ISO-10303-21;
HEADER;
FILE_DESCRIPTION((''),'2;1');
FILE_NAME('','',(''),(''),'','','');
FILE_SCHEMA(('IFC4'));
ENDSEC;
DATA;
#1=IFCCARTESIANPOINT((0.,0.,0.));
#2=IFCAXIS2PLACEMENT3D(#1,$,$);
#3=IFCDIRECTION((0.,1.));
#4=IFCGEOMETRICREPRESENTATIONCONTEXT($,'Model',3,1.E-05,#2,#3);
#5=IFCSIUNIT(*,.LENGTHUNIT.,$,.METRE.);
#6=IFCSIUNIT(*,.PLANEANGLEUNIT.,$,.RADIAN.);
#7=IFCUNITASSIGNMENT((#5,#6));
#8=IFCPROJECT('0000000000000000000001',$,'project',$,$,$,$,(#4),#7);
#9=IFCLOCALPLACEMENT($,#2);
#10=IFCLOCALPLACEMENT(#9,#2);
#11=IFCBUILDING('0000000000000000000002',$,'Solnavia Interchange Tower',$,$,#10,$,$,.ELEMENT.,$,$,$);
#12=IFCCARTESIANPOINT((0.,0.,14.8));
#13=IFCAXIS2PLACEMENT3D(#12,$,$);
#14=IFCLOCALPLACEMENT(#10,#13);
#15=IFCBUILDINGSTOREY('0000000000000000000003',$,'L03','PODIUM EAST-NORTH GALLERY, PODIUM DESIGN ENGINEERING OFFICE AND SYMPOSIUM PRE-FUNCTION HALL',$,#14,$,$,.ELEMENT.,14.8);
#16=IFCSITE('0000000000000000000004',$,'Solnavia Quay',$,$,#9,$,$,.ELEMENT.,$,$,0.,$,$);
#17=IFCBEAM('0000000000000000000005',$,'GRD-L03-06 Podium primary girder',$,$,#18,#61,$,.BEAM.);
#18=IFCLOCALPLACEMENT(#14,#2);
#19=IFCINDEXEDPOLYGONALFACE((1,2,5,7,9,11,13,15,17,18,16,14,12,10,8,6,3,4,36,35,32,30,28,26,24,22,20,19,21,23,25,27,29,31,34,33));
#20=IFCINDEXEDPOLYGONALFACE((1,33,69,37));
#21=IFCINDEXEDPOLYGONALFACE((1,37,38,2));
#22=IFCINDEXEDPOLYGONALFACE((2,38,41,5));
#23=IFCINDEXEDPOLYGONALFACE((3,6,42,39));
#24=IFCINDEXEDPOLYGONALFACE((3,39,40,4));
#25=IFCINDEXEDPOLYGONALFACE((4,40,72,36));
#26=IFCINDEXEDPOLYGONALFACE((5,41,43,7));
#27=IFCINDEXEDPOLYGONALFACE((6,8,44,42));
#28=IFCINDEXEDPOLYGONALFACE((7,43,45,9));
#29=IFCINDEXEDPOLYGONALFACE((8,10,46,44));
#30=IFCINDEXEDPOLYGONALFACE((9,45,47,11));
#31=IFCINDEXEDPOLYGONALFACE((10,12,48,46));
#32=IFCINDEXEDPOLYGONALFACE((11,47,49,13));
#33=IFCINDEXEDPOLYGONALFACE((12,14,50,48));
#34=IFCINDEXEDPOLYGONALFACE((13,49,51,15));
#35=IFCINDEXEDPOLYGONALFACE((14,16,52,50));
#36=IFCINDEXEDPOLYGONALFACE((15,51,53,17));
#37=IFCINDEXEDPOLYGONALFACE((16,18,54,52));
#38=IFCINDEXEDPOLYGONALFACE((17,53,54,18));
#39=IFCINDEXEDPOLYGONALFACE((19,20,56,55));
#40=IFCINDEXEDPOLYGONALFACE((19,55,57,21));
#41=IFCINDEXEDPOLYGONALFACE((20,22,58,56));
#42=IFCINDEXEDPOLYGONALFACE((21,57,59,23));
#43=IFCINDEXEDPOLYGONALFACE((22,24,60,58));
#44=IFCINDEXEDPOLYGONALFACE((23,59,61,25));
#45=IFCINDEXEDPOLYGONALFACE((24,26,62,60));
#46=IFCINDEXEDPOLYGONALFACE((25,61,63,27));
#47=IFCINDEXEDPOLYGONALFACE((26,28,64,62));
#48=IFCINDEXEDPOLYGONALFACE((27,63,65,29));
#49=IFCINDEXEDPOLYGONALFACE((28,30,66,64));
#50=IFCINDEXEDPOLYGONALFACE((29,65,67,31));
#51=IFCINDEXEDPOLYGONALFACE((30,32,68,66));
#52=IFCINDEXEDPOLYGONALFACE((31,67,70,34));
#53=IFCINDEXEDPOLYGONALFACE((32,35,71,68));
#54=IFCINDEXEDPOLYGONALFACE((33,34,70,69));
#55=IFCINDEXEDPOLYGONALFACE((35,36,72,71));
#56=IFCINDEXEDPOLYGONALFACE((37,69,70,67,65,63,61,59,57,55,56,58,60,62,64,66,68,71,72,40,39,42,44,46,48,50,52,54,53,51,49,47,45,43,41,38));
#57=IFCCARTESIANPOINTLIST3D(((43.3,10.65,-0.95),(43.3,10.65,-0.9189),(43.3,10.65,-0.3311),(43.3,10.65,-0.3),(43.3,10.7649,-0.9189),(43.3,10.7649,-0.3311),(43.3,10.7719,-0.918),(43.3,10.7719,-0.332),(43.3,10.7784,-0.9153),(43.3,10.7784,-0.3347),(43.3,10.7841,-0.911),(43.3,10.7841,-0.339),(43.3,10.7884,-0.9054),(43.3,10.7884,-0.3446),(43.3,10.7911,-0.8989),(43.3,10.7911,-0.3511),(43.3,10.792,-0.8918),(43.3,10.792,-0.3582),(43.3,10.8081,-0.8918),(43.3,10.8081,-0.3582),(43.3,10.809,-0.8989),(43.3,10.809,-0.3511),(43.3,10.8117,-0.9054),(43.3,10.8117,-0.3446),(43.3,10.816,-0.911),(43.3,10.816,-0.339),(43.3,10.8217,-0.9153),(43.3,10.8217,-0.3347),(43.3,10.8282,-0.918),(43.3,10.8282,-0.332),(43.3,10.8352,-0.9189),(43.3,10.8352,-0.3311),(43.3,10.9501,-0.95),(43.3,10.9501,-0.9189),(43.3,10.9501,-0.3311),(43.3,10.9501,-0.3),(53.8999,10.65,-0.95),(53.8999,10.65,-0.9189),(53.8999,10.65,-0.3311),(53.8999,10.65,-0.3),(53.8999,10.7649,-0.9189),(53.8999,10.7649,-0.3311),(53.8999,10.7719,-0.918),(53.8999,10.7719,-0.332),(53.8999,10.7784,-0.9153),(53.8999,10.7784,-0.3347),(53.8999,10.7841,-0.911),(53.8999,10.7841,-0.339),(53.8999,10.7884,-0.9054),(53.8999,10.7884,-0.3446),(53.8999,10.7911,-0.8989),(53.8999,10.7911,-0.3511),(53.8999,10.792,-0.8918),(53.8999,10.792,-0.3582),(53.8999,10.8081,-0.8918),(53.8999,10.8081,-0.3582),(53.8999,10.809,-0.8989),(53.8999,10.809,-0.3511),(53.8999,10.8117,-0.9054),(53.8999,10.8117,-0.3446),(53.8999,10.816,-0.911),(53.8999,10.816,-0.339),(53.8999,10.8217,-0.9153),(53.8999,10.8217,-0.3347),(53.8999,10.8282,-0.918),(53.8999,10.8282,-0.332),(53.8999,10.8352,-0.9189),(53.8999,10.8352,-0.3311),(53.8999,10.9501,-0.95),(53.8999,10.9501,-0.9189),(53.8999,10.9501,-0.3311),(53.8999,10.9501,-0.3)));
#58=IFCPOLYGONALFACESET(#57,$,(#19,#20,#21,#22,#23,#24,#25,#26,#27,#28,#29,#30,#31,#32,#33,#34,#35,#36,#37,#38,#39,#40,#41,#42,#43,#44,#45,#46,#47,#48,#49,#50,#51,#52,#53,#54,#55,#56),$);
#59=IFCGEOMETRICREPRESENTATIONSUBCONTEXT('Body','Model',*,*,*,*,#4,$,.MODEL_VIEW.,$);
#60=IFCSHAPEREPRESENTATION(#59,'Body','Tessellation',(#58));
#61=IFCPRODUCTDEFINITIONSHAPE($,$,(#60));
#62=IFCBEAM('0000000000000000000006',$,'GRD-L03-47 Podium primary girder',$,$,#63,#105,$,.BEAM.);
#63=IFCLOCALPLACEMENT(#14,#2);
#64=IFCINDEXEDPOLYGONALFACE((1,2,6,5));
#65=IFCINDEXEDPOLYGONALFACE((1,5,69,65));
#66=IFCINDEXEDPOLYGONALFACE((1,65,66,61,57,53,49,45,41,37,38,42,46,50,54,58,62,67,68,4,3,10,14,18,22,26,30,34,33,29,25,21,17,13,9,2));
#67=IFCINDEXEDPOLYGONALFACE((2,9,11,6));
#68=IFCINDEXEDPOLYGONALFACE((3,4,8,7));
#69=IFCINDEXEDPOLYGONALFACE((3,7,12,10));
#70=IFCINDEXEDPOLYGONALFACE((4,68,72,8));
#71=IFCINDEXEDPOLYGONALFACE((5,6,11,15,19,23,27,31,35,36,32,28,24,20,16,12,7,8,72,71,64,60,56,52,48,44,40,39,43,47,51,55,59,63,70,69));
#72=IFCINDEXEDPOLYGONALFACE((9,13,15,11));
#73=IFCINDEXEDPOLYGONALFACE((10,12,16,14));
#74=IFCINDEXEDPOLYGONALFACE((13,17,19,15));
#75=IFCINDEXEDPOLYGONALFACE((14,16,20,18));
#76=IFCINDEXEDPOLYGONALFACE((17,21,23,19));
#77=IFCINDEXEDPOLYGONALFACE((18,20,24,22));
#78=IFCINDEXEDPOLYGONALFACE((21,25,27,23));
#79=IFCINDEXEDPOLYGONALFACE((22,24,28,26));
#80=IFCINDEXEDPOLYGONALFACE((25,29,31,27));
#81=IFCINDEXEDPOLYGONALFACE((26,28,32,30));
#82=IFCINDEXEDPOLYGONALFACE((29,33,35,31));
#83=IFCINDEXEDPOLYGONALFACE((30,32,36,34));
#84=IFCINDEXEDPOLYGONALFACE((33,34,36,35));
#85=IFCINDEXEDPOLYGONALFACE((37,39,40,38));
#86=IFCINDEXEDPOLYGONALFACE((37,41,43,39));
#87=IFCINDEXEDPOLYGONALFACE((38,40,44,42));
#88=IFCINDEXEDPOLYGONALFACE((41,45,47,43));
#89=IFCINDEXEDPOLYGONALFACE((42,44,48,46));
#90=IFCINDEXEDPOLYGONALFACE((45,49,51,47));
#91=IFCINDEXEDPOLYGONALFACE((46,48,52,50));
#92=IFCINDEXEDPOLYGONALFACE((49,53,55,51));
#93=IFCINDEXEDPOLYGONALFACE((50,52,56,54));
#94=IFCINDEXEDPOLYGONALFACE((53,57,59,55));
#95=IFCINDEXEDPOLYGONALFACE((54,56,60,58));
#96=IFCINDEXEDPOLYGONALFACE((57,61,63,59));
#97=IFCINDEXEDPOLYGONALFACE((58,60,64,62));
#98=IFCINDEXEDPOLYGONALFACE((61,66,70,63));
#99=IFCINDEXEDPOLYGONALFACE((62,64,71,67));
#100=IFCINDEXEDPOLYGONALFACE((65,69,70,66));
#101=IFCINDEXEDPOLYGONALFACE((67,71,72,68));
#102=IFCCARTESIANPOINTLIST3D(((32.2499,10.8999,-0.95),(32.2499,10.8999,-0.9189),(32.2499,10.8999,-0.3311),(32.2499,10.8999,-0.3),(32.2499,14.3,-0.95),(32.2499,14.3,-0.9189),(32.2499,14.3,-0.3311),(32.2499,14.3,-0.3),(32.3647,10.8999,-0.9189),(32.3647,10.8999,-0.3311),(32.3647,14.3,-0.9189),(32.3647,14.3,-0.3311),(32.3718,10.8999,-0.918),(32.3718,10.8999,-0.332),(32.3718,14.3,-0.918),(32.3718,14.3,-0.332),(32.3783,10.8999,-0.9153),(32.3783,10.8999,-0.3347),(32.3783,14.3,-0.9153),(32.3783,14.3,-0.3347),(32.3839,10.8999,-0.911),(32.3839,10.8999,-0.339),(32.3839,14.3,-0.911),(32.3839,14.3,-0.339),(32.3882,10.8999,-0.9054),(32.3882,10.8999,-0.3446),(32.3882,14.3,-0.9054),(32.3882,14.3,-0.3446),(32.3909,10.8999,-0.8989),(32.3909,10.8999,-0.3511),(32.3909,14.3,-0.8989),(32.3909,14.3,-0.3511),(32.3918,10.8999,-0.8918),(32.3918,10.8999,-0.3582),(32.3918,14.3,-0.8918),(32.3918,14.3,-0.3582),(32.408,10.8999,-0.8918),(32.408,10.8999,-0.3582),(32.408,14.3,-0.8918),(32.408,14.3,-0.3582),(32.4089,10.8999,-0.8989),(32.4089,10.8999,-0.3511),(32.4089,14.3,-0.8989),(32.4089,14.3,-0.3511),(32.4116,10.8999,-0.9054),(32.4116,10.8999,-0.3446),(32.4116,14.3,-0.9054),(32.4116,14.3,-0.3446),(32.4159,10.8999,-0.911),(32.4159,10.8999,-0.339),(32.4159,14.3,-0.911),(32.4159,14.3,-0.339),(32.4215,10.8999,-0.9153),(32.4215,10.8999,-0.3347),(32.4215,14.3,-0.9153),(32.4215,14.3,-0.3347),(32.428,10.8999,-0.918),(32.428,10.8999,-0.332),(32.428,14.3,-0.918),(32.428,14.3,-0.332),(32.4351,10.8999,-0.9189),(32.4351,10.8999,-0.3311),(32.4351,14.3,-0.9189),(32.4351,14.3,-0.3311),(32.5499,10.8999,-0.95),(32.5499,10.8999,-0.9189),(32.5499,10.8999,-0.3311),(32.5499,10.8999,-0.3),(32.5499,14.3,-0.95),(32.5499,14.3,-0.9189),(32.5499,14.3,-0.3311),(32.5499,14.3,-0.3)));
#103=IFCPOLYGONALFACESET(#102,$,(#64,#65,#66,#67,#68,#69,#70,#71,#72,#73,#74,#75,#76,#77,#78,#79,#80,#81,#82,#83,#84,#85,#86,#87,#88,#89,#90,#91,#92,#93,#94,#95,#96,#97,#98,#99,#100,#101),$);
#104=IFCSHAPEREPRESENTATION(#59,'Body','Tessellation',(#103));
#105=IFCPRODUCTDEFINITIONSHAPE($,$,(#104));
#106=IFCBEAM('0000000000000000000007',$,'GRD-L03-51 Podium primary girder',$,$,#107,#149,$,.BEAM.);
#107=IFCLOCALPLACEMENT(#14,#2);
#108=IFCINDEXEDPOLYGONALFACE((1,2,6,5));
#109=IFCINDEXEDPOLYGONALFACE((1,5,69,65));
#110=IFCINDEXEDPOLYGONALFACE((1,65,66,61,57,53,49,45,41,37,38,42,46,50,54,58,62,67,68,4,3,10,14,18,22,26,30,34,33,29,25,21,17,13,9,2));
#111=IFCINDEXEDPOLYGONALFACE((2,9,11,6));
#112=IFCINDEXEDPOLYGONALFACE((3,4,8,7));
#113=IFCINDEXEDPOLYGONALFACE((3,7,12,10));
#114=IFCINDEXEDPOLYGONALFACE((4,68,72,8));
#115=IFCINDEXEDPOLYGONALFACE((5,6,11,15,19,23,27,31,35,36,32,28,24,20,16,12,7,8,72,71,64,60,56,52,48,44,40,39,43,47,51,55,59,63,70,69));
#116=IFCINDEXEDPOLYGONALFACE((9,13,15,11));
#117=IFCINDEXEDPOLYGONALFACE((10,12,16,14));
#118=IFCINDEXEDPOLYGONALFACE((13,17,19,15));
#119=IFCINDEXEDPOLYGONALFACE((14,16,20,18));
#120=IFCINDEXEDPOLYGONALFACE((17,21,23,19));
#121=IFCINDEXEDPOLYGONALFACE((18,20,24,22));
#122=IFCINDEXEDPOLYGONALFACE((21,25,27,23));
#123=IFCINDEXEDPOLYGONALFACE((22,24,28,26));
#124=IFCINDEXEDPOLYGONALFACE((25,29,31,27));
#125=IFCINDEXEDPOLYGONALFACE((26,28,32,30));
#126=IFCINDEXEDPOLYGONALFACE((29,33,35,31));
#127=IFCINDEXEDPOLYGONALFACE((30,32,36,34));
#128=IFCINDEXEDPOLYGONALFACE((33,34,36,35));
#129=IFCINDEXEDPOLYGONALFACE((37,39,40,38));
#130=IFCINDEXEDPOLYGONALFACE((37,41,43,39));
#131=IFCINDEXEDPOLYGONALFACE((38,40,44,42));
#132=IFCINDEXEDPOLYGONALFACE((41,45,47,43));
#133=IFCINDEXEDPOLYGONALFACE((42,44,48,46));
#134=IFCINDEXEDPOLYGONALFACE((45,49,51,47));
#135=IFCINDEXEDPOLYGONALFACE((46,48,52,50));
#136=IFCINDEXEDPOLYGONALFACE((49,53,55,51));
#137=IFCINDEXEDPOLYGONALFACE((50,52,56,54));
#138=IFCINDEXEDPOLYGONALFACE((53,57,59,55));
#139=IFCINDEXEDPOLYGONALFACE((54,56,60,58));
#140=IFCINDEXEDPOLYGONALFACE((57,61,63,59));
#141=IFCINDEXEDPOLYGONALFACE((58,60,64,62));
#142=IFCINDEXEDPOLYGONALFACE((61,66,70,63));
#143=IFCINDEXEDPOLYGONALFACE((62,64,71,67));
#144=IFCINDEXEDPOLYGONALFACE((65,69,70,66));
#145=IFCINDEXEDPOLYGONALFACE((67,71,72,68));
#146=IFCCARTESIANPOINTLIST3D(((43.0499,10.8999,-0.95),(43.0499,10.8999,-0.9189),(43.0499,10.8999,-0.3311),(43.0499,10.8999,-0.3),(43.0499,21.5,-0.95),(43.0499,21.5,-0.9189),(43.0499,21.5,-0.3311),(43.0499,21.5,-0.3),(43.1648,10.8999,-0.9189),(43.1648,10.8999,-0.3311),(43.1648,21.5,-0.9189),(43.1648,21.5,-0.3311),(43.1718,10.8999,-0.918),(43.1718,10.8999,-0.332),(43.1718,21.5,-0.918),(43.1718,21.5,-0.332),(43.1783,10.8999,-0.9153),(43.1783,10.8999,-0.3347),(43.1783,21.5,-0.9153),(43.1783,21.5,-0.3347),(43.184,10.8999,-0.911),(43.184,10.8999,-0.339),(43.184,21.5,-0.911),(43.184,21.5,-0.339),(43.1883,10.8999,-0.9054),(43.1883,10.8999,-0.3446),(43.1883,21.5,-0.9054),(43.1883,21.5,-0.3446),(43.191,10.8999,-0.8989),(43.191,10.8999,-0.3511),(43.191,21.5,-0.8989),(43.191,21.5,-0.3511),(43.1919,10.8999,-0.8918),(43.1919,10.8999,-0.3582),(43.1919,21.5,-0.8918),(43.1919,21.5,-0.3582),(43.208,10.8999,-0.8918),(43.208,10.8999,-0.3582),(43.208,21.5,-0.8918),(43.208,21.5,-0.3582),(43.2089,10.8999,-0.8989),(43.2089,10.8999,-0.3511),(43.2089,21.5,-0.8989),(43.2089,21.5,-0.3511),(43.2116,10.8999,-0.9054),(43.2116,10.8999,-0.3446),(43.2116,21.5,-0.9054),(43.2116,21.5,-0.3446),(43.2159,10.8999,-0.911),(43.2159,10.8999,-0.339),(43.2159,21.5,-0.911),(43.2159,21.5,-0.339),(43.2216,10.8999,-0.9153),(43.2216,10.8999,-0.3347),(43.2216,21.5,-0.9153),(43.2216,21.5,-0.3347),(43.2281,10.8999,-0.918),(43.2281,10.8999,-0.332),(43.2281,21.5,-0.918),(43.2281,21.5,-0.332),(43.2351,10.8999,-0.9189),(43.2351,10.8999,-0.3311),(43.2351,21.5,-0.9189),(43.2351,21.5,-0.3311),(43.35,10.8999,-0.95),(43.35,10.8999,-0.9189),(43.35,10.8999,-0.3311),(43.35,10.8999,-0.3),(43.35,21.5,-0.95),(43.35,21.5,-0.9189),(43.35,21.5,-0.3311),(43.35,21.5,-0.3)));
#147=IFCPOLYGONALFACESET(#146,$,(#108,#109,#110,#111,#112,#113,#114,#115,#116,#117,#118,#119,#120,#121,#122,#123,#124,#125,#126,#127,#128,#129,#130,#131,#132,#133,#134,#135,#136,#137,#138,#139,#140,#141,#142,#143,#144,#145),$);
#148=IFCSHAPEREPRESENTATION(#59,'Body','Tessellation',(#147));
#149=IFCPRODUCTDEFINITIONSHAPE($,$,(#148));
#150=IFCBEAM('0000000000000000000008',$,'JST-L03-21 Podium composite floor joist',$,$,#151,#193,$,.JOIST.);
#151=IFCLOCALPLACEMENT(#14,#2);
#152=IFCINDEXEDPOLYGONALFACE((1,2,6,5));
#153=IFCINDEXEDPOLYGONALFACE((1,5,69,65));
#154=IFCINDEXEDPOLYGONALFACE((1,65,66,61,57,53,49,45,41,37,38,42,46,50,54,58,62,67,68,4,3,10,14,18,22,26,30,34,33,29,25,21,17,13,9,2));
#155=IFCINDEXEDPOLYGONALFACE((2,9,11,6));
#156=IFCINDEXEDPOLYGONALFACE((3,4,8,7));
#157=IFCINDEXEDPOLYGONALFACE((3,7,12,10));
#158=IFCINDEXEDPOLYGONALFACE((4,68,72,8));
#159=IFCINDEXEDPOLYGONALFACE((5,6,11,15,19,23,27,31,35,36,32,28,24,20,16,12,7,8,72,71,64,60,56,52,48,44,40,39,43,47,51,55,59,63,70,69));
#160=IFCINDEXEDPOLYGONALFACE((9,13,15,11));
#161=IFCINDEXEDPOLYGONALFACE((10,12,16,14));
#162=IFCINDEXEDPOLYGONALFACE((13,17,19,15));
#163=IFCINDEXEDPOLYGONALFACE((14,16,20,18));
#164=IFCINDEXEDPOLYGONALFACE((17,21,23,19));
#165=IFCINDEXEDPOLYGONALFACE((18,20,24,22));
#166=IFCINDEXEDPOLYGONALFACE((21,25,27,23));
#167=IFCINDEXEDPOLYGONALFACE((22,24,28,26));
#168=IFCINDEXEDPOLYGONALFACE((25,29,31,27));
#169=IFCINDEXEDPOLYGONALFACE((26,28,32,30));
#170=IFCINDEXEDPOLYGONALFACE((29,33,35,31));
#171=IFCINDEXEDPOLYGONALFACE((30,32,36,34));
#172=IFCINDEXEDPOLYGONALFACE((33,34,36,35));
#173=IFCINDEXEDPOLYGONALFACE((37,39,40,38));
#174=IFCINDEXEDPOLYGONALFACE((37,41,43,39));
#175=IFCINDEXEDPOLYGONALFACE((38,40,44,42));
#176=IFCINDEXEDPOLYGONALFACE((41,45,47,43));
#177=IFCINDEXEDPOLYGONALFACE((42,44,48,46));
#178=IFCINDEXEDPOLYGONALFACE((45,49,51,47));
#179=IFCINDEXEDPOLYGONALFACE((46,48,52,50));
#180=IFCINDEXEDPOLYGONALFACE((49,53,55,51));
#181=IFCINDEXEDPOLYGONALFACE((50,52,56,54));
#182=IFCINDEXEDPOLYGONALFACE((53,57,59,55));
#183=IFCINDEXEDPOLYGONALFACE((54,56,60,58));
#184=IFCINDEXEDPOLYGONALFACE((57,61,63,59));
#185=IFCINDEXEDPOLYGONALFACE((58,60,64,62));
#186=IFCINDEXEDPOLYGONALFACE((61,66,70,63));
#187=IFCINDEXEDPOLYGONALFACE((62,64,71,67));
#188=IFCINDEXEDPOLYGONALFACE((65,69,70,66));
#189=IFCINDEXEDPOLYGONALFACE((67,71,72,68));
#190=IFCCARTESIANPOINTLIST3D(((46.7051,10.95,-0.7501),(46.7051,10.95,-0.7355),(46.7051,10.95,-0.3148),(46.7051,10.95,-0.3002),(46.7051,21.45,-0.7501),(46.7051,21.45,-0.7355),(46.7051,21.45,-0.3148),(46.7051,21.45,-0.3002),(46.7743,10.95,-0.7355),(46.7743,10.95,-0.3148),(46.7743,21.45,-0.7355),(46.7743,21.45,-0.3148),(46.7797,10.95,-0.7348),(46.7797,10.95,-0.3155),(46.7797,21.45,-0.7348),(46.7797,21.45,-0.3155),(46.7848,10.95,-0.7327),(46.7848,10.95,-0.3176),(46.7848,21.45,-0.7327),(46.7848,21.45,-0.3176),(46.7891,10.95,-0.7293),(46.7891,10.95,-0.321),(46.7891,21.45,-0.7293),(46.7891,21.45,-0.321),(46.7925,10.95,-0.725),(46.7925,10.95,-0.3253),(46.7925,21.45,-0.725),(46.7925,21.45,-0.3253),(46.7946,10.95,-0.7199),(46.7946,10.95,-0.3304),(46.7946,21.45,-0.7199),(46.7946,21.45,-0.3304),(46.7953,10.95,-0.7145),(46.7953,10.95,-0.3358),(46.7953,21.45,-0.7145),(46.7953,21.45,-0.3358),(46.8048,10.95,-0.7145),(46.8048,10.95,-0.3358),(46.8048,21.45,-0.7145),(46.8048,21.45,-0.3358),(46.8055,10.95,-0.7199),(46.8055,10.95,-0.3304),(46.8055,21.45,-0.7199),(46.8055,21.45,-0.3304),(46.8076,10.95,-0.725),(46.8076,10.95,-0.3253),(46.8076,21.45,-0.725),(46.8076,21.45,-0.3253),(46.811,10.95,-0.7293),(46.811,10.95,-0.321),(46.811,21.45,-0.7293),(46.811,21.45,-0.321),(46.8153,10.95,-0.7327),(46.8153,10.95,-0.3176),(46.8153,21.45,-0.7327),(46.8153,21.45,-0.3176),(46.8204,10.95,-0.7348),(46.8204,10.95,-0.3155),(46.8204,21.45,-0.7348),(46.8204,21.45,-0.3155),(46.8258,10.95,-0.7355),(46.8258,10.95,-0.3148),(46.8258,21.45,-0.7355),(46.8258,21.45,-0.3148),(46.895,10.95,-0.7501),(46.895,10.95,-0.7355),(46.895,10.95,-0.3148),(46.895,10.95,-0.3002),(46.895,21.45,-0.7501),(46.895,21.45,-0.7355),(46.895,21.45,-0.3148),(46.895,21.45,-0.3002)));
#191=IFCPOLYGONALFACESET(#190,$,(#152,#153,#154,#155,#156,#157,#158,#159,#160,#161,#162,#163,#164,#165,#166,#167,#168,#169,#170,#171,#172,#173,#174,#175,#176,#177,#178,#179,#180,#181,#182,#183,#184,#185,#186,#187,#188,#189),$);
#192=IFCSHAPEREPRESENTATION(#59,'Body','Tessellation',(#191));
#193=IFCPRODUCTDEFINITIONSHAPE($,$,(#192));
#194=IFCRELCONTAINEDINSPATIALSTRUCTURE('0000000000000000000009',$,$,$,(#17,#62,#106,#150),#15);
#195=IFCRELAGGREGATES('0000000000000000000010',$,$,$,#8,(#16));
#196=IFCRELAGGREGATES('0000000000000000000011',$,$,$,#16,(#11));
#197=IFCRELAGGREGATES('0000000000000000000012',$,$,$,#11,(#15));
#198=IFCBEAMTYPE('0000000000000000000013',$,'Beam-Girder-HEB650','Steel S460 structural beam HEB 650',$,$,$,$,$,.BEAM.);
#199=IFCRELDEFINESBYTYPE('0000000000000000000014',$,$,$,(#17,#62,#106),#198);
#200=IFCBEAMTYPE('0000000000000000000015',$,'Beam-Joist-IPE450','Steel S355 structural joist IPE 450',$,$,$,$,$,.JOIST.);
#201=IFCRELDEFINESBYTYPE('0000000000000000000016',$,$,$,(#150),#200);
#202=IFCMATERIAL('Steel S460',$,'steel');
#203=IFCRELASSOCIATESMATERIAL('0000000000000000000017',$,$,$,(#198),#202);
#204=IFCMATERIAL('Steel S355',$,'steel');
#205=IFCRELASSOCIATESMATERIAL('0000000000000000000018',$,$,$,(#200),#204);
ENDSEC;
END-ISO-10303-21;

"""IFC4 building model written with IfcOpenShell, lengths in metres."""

from ifc_helpers import new_model, si_unit, direction, frame, origin, origin_2d, place, context, subcontext, project, spatial, i_section, extrude, material, material_profile, profile_set, type_object, element, save


model = new_model("IFC4")

# Units and contexts
model_context = context("Model", 3, precision=1e-05, world=origin(), true_north=direction((0.0, 1.0)))
body_context = subcontext(model_context, "Body", "Model", "MODEL_VIEW")
ifc_project = project(units=[si_unit("LENGTHUNIT", "METRE"), si_unit("PLANEANGLEUNIT", "RADIAN")], contexts=[model_context])

# Site, building, storey
site_placement = place(None, origin())
site = spatial("IfcSite", under=ifc_project, at=site_placement, Name="Solnavia Quay", CompositionType="ELEMENT", RefElevation=0.0)
building_placement = place(site_placement, origin())
building = spatial("IfcBuilding", under=site, at=building_placement, Name="Solnavia Interchange Tower", CompositionType="ELEMENT")
storey_placement = place(building_placement, frame((0.0, 0.0, 14.8)))
storey = spatial("IfcBuildingStorey", under=building, at=storey_placement, Name="L03", Description="PODIUM EAST-NORTH GALLERY, PODIUM DESIGN ENGINEERING OFFICE AND SYMPOSIUM PRE-FUNCTION HALL", CompositionType="ELEMENT", Elevation=14.8)

# Beams
ifc_material_1 = material(Name="Steel S460", Category="steel")
ifc_material_profile_1 = material_profile(ifc_material_1, i_section(OverallWidth=0.3, OverallDepth=0.6499, WebThickness=0.0161, FlangeThickness=0.031, FilletRadius=0.0271, at=origin_2d()), Name="HEB 650")
ifc_profile_set_1 = profile_set([ifc_material_profile_1], Name="Steel S460")
beam_type_1 = type_object("IfcBeamType", Name="Beam-Girder-HEB650", Description="Steel S460 structural beam HEB 650", PredefinedType="BEAM", material=ifc_profile_set_1)
beam_1_placement = place(storey_placement, frame((43.3, 10.8, -0.625), z_axis=(1.0, 0.0, 0.0), x_axis=(0.0, 1.0, 0.0)))
element("IfcBeam", 1, at=beam_1_placement, inside=storey, type_object=beam_type_1, Name="GRD-L03-06 Podium primary girder", PredefinedType="BEAM", context=body_context, shape_type="SweptSolid", body=[
    extrude(i_section(OverallWidth=0.3, OverallDepth=0.6499, WebThickness=0.0161, FlangeThickness=0.031, FilletRadius=0.0271, at=origin_2d()), origin(), (0.0, 0.0, 1.0), 10.5999),
])
beam_2_placement = place(storey_placement, frame((32.3999, 10.8999, -0.625), z_axis=(0.0, 1.0, 0.0), x_axis=(-1.0, 0.0, 0.0)))
element("IfcBeam", 2, at=beam_2_placement, inside=storey, type_object=beam_type_1, Name="GRD-L03-47 Podium primary girder", PredefinedType="BEAM", context=body_context, shape_type="SweptSolid", body=[
    extrude(i_section(OverallWidth=0.3, OverallDepth=0.6499, WebThickness=0.0161, FlangeThickness=0.031, FilletRadius=0.0271, at=origin_2d()), origin(), (0.0, 0.0, 1.0), 3.4001),
])
beam_3_placement = place(storey_placement, frame((43.2, 10.8999, -0.625), z_axis=(0.0, 1.0, 0.0), x_axis=(-1.0, 0.0, 0.0)))
element("IfcBeam", 3, at=beam_3_placement, inside=storey, type_object=beam_type_1, Name="GRD-L03-51 Podium primary girder", PredefinedType="BEAM", context=body_context, shape_type="SweptSolid", body=[
    extrude(i_section(OverallWidth=0.3, OverallDepth=0.6499, WebThickness=0.0161, FlangeThickness=0.031, FilletRadius=0.0271, at=origin_2d()), origin(), (0.0, 0.0, 1.0), 10.6001),
])
ifc_material_2 = material(Name="Steel S355", Category="steel")
ifc_material_profile_2 = material_profile(ifc_material_2, i_section(OverallWidth=0.1899, OverallDepth=0.45, WebThickness=0.0095, FlangeThickness=0.0146, FilletRadius=0.021, at=origin_2d()), Name="IPE 450")
ifc_profile_set_2 = profile_set([ifc_material_profile_2], Name="Steel S355")
beam_type_2 = type_object("IfcBeamType", Name="Beam-Joist-IPE450", Description="Steel S355 structural joist IPE 450", PredefinedType="JOIST", material=ifc_profile_set_2)
beam_4_placement = place(storey_placement, frame((46.8, 10.95, -0.5251), z_axis=(0.0, 1.0, 0.0), x_axis=(-1.0, 0.0, 0.0)))
element("IfcBeam", 4, at=beam_4_placement, inside=storey, type_object=beam_type_2, Name="JST-L03-21 Podium composite floor joist", PredefinedType="JOIST", context=body_context, shape_type="SweptSolid", body=[
    extrude(i_section(OverallWidth=0.1899, OverallDepth=0.45, WebThickness=0.0095, FlangeThickness=0.0146, FilletRadius=0.021, at=origin_2d()), origin(), (0.0, 0.0, 1.0), 10.5),
])

save(model, "model.ifc")
